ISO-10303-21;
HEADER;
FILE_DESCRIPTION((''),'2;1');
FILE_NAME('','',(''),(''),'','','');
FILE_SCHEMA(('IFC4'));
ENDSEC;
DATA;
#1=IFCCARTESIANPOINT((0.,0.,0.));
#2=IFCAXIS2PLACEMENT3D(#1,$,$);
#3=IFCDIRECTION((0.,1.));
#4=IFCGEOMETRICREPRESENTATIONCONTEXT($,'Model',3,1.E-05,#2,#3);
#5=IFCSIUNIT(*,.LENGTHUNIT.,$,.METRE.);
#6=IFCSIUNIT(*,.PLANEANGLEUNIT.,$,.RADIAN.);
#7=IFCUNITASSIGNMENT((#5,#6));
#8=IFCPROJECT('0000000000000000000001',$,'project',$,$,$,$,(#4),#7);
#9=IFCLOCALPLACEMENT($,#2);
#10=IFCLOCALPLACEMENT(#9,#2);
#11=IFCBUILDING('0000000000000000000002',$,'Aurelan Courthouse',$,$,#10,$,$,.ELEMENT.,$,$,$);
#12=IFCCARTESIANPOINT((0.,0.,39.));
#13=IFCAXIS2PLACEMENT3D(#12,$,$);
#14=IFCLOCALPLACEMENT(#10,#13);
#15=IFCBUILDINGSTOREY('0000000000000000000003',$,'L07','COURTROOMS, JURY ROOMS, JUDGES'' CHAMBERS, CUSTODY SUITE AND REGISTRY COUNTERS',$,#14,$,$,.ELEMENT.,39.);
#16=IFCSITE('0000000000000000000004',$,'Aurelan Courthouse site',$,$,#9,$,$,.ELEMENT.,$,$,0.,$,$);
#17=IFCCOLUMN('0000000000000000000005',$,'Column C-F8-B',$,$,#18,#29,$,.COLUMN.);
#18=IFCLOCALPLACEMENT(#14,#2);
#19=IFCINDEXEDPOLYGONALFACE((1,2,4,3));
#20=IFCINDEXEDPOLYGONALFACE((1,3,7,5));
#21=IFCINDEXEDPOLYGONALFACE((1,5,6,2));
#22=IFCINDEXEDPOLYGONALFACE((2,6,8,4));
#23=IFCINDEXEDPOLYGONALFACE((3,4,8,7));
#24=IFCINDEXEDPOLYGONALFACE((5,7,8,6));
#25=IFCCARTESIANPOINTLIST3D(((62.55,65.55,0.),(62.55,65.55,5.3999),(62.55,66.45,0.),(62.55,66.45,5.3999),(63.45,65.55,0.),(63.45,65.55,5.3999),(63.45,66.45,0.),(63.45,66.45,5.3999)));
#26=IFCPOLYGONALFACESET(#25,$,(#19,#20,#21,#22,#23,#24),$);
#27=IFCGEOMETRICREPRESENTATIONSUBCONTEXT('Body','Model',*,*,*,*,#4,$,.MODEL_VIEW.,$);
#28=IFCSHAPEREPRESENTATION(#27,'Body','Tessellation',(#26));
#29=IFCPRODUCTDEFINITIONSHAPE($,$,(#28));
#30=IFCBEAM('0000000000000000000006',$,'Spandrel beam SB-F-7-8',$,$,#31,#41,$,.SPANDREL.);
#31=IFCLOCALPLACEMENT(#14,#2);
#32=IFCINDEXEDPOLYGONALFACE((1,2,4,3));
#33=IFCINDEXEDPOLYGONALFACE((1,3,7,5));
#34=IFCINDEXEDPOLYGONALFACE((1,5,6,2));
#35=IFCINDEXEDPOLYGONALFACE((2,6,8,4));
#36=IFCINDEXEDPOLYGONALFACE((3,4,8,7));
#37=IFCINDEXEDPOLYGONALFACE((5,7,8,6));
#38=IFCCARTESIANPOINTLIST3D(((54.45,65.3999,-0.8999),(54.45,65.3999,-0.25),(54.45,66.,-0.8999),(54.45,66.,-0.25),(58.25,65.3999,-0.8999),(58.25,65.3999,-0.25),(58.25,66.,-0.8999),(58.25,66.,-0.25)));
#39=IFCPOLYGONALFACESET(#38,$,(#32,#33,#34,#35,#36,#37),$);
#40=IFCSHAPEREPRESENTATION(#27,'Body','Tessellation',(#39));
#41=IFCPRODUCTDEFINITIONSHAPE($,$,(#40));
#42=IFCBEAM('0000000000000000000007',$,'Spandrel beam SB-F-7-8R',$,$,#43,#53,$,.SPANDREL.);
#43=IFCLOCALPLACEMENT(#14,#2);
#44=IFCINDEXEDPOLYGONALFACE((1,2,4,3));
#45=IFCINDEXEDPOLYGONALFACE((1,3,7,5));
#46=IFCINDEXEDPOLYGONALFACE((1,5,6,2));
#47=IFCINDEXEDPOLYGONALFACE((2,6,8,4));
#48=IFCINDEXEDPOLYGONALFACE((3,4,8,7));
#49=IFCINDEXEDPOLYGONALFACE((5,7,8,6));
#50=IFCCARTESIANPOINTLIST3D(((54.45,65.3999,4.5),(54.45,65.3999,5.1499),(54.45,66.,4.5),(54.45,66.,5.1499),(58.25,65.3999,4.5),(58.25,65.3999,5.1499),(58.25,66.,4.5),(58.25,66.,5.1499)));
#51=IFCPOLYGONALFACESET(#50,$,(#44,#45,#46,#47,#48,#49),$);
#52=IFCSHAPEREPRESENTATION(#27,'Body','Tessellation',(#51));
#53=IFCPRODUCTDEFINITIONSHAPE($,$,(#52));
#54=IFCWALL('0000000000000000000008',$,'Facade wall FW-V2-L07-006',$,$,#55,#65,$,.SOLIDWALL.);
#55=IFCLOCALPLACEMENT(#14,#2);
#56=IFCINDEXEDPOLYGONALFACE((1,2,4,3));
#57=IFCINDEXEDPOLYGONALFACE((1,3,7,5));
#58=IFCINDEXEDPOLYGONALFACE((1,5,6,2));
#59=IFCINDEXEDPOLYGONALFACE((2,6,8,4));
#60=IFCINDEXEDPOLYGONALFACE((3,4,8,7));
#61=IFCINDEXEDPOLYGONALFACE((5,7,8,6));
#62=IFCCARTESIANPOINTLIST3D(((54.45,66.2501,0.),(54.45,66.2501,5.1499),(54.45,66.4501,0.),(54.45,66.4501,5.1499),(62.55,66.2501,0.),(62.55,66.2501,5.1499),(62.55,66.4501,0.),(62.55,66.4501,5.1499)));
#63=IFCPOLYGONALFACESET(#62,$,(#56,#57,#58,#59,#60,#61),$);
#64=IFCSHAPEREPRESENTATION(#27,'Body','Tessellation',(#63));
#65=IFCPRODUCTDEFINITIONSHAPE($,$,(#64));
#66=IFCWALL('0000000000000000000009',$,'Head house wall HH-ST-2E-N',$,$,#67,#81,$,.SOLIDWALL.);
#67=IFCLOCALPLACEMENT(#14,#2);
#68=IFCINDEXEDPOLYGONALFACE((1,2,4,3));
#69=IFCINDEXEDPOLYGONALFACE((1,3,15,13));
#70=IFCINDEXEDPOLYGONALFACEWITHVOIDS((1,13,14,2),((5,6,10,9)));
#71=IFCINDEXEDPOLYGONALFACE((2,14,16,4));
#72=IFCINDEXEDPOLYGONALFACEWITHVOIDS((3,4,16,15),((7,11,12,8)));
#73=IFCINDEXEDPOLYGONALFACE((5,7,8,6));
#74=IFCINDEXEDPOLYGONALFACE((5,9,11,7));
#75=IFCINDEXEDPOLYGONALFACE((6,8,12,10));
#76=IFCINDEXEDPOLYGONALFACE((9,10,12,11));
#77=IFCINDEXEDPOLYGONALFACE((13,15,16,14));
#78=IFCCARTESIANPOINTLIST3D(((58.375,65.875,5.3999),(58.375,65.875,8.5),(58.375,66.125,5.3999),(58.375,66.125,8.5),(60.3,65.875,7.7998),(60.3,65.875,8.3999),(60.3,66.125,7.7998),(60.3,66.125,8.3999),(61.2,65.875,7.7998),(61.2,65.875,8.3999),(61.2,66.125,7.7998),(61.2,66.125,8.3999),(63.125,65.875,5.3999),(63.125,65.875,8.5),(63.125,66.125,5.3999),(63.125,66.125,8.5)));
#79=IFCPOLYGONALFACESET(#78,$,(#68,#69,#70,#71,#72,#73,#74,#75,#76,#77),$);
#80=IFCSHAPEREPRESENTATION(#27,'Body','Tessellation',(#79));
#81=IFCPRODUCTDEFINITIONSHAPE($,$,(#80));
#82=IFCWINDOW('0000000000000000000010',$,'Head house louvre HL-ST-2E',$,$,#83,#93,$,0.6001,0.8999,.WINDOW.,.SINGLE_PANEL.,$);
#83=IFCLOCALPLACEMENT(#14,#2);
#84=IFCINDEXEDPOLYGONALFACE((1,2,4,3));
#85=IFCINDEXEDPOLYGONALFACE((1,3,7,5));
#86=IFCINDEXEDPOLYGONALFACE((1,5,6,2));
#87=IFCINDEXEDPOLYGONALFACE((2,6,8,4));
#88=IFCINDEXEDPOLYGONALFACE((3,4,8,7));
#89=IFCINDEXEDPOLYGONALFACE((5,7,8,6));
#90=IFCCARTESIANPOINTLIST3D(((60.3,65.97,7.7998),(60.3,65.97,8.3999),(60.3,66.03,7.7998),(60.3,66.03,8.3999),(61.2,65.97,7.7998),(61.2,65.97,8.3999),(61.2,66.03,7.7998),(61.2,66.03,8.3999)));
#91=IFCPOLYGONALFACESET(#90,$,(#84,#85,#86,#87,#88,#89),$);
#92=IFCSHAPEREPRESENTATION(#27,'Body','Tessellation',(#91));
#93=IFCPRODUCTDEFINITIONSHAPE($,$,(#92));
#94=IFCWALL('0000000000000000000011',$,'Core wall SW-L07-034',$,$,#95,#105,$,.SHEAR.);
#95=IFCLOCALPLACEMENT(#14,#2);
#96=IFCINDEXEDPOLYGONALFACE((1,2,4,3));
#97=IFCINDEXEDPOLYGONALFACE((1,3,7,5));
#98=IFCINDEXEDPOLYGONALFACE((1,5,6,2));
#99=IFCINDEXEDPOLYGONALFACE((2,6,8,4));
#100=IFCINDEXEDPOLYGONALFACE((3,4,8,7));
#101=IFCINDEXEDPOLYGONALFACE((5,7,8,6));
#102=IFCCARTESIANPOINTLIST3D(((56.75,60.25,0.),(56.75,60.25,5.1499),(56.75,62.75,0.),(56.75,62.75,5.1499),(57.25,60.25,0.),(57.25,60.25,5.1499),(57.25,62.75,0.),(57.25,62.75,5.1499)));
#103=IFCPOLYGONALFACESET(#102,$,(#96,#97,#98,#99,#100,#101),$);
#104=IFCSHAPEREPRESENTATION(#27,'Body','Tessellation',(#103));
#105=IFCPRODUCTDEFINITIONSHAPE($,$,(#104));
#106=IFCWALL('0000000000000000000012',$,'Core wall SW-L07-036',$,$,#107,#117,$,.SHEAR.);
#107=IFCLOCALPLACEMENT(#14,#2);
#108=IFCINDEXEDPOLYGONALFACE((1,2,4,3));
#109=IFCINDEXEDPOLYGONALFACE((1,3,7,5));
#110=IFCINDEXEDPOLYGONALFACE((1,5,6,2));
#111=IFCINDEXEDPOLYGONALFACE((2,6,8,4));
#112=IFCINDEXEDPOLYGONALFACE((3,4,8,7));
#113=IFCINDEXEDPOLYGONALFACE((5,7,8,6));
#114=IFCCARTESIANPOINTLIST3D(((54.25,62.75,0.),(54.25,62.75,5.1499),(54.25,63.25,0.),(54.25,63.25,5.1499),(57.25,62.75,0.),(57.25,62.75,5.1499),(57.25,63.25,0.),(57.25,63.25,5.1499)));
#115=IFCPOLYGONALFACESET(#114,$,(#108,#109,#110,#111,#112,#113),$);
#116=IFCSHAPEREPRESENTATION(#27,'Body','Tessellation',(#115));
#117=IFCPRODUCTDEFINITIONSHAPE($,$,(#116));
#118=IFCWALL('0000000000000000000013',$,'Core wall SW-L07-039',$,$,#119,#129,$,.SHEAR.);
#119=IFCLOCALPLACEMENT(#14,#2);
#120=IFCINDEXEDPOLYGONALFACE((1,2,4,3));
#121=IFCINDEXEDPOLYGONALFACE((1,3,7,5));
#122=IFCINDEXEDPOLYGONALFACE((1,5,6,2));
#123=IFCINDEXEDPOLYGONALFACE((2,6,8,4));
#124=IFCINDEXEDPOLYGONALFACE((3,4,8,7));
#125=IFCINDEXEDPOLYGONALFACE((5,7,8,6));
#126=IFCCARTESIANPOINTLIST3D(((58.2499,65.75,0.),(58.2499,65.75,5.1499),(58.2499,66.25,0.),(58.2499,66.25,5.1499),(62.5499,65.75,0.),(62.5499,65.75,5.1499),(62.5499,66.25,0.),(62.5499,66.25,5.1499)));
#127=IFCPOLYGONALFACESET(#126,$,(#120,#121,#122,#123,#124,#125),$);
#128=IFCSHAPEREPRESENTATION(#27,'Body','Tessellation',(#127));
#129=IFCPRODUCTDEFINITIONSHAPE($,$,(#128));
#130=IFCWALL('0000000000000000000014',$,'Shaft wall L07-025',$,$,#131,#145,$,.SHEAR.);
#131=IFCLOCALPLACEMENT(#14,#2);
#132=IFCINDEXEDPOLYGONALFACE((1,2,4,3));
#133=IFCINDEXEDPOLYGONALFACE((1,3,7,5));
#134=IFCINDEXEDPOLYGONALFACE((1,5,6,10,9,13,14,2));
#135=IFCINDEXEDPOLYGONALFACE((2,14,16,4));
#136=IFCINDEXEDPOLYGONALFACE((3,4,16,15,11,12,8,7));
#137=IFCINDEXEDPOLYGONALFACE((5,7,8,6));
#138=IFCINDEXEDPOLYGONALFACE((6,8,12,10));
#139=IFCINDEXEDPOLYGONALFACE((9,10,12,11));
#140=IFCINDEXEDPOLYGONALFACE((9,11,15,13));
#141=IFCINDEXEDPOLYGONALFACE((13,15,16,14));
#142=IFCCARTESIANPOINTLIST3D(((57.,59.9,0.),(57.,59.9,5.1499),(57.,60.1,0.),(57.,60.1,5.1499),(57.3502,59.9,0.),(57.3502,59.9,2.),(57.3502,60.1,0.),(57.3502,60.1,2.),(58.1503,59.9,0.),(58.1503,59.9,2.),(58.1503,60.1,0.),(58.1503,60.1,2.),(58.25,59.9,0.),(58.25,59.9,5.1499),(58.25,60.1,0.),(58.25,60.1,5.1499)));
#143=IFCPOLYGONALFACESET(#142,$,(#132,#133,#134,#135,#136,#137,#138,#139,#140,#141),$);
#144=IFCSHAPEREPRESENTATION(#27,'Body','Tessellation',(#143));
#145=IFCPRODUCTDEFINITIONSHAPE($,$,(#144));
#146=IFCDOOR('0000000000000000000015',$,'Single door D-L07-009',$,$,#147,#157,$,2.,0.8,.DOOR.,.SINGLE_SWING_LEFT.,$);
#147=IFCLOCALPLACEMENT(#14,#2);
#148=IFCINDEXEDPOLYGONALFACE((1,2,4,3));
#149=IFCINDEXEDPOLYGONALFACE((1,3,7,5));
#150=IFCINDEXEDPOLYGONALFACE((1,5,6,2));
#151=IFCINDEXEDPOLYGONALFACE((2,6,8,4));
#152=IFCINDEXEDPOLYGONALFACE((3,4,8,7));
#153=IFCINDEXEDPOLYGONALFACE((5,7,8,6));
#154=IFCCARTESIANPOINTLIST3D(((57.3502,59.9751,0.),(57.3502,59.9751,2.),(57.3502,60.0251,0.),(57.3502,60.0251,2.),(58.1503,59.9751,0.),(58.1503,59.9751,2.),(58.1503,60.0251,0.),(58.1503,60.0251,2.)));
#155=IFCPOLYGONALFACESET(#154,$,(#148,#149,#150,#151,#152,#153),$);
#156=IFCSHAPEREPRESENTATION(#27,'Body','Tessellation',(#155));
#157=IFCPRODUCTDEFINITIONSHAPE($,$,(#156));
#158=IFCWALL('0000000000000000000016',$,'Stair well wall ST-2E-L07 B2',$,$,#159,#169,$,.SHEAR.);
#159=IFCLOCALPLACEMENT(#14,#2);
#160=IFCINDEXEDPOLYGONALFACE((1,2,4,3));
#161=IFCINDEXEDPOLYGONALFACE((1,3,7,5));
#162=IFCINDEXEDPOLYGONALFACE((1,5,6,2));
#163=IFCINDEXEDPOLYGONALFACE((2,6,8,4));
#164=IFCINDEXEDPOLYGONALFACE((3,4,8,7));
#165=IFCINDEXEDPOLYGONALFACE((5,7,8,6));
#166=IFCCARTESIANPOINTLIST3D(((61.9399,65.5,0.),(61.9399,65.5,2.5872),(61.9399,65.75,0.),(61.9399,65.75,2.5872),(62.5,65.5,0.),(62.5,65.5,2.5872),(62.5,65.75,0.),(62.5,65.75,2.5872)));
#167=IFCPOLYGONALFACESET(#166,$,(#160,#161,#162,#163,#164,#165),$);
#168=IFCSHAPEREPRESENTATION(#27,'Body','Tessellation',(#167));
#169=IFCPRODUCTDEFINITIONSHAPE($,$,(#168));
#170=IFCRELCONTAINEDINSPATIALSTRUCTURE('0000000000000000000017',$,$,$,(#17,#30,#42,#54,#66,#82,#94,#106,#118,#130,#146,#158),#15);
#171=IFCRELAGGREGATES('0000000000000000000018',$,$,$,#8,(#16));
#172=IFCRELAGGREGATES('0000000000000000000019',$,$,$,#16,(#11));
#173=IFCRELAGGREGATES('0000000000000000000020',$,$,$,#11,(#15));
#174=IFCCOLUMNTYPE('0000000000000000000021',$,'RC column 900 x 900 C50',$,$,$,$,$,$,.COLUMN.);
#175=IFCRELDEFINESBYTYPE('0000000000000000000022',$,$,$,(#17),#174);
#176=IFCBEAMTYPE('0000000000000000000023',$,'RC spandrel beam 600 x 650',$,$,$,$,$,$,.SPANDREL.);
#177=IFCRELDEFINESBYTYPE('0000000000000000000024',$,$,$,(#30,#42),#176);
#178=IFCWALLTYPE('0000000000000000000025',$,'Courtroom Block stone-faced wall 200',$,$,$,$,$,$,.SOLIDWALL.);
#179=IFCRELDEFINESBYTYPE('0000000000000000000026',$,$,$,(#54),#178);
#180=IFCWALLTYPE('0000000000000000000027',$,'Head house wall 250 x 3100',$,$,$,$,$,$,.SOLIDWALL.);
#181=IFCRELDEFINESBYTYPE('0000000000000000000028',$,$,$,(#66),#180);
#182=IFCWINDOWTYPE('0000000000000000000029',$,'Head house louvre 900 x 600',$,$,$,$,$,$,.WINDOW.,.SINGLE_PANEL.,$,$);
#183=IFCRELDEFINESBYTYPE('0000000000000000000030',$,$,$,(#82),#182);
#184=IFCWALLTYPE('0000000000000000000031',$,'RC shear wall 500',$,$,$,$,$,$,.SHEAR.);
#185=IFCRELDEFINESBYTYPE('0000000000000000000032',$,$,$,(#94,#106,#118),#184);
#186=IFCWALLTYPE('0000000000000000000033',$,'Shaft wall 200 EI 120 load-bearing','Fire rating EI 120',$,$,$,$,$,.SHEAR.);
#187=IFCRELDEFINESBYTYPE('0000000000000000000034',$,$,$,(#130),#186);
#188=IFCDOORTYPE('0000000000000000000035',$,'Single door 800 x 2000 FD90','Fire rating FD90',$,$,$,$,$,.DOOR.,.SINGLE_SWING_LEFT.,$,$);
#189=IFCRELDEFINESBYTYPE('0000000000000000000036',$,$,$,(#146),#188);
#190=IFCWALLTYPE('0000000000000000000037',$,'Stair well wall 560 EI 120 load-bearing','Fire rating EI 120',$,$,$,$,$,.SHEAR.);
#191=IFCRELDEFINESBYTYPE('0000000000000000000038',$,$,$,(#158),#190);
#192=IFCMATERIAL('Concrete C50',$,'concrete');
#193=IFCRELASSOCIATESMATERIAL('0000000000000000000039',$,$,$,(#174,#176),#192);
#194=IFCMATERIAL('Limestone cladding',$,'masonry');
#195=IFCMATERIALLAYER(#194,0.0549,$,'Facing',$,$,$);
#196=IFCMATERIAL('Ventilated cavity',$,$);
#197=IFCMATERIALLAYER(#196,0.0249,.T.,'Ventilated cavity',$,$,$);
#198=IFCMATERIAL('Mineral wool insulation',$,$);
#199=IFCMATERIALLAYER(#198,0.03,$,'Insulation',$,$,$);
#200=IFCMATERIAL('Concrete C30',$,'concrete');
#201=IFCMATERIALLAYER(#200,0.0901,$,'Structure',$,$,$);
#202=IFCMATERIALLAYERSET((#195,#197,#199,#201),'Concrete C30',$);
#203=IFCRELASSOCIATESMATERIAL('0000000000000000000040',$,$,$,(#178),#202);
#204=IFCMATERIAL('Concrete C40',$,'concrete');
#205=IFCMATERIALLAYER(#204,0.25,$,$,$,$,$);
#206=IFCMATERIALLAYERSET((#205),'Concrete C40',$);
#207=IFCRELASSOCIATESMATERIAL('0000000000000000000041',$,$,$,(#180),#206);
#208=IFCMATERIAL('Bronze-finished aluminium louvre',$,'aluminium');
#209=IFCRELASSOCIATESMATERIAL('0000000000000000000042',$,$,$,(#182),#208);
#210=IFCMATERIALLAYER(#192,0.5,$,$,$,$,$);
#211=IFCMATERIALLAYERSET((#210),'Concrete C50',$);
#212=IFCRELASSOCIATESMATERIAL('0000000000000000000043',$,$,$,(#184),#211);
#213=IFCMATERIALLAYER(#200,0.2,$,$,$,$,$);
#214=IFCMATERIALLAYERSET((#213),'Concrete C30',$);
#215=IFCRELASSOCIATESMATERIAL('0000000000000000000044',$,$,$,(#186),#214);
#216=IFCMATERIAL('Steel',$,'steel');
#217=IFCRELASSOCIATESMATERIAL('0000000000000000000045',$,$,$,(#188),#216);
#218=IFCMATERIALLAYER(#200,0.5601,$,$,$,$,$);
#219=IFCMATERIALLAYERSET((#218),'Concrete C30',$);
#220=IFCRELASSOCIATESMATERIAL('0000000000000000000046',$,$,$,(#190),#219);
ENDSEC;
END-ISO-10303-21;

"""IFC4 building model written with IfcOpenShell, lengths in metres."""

from ifc_helpers import new_model, si_unit, direction, frame, frame_2d, origin, origin_2d, place, context, subcontext, project, spatial, rectangle, extrude, material, layer, layer_set, material_profile, profile_set, type_object, element, fill, save


model = new_model("IFC4")

# Units and contexts
model_context = context("Model", 3, precision=1e-05, world=origin(), true_north=direction((0.0, 1.0)))
body_context = subcontext(model_context, "Body", "Model", "MODEL_VIEW")
ifc_project = project(units=[si_unit("LENGTHUNIT", "METRE"), si_unit("PLANEANGLEUNIT", "RADIAN")], contexts=[model_context])

# Site, building, storey
site_placement = place(None, origin())
site = spatial("IfcSite", under=ifc_project, at=site_placement, Name="Aurelan Courthouse site", CompositionType="ELEMENT", RefElevation=0.0)
building_placement = place(site_placement, origin())
building = spatial("IfcBuilding", under=site, at=building_placement, Name="Aurelan Courthouse", CompositionType="ELEMENT")
storey_placement = place(building_placement, frame((0.0, 0.0, 39.0)))
storey = spatial("IfcBuildingStorey", under=building, at=storey_placement, Name="L07", Description="COURTROOMS, JURY ROOMS, JUDGES' CHAMBERS, CUSTODY SUITE AND REGISTRY COUNTERS", CompositionType="ELEMENT", Elevation=39.0)

# Column
ifc_material_1 = material(Name="Concrete C50", Category="concrete")
ifc_material_profile_1 = material_profile(ifc_material_1, rectangle(XDim=0.8999, YDim=0.8999, at=origin_2d()), Name="RC 900 x 900")
ifc_profile_set_1 = profile_set([ifc_material_profile_1], Name="Concrete C50")
column_type = type_object("IfcColumnType", Name="RC column 900 x 900 C50", PredefinedType="COLUMN", material=ifc_profile_set_1)
column_placement = place(storey_placement, frame((63.0, 66.0, 0.0), z_axis=(0.0, 0.0, 1.0), x_axis=(1.0, 0.0, 0.0)))
element("IfcColumn", 1, at=column_placement, inside=storey, type_object=column_type, Name="Column C-F8-B", PredefinedType="COLUMN", context=body_context, shape_type="SweptSolid", body=[
    extrude(rectangle(XDim=0.8999, YDim=0.8999, at=origin_2d()), origin(), (0.0, 0.0, 1.0), 5.3999),
])

# Beams
ifc_material_profile_2 = material_profile(ifc_material_1, rectangle(XDim=0.6001, YDim=0.6499, at=origin_2d()), Name="RC 600 x 650")
ifc_profile_set_2 = profile_set([ifc_material_profile_2], Name="Concrete C50")
beam_type = type_object("IfcBeamType", Name="RC spandrel beam 600 x 650", PredefinedType="SPANDREL", material=ifc_profile_set_2)
for number, where, z_axis, x_axis, name in (
    (2, (54.45, 65.7, -0.575), (1.0, 0.0, 0.0), (0.0, 1.0, 0.0), "Spandrel beam SB-F-7-8"),
    (3, (54.45, 65.7, 4.825), (1.0, 0.0, 0.0), (0.0, 1.0, 0.0), "Spandrel beam SB-F-7-8R"),
):
    element("IfcBeam", number, at=place(storey_placement, frame(where, z_axis=z_axis, x_axis=x_axis)), inside=storey, type_object=beam_type, Name=name, PredefinedType="SPANDREL", context=body_context, shape_type="SweptSolid", body=[
        extrude(rectangle(XDim=0.6001, YDim=0.6499, at=origin_2d()), origin(), (0.0, 0.0, 1.0), 3.8),
    ])

# Wall
ifc_material_2 = material(Name="Limestone cladding", Category="masonry")
ifc_layer_1 = layer(ifc_material_2, 0.0549, Name="Facing")
ifc_material_3 = material(Name="Ventilated cavity")
ifc_layer_2 = layer(ifc_material_3, 0.0249, ventilated=True, Name="Ventilated cavity")
ifc_material_4 = material(Name="Mineral wool insulation")
ifc_layer_3 = layer(ifc_material_4, 0.03, Name="Insulation")
ifc_material_5 = material(Name="Concrete C30", Category="concrete")
ifc_layer_4 = layer(ifc_material_5, 0.0901, Name="Structure")
ifc_layer_set_1 = layer_set([ifc_layer_1, ifc_layer_2, ifc_layer_3, ifc_layer_4], Name="Concrete C30")
wall_type_1 = type_object("IfcWallType", Name="Courtroom Block stone-faced wall 200", PredefinedType="SOLIDWALL", material=ifc_layer_set_1)
wall_1_placement = place(storey_placement, frame((54.45, 66.3501, 0.0), z_axis=(0.0, 0.0, 1.0), x_axis=(1.0, 0.0, 0.0)))
element("IfcWall", 4, at=wall_1_placement, inside=storey, type_object=wall_type_1, Name="Facade wall FW-V2-L07-006", PredefinedType="SOLIDWALL", context=body_context, shape_type="SweptSolid", body=[
    extrude(rectangle(XDim=8.1001, YDim=0.2, at=frame_2d((4.05, 0.0))), origin(), (0.0, 0.0, 1.0), 5.1499),
])

# Wall, opening, window
ifc_material_6 = material(Name="Concrete C40", Category="concrete")
ifc_layer_5 = layer(ifc_material_6, 0.25)
ifc_layer_set_2 = layer_set([ifc_layer_5], Name="Concrete C40")
wall_type_2 = type_object("IfcWallType", Name="Head house wall 250 x 3100", PredefinedType="SOLIDWALL", material=ifc_layer_set_2)
wall_2_placement = place(storey_placement, frame((58.375, 66.0, 5.3999), z_axis=(0.0, 0.0, 1.0), x_axis=(1.0, 0.0, 0.0)))
wall_2 = element("IfcWall", 5, at=wall_2_placement, inside=storey, type_object=wall_type_2, Name="Head house wall HH-ST-2E-N", PredefinedType="SOLIDWALL", context=body_context, shape_type="SweptSolid", body=[
    extrude(rectangle(XDim=4.75, YDim=0.25, at=frame_2d((2.375, 0.0))), origin(), (0.0, 0.0, 1.0), 3.1001),
])
opening_1_placement = place(wall_2_placement, frame((1.925, 0.0, 2.3999)))
opening_1 = element("IfcOpeningElement", 6, at=opening_1_placement, cuts=wall_2, PredefinedType="OPENING", context=body_context, shape_type="SweptSolid", body=[
    extrude(rectangle(XDim=0.8999, YDim=0.6001, at=frame_2d((0.45, 0.3))), frame((0.0, 0.135, 0.0), z_axis=(0.0, -1.0, 0.0), x_axis=(1.0, 0.0, 0.0)), (0.0, 0.0, 1.0), 0.27),
])
ifc_material_7 = material(Name="Bronze-finished aluminium louvre", Category="aluminium")
window_type = type_object("IfcWindowType", Name="Head house louvre 900 x 600", PartitioningType="SINGLE_PANEL", PredefinedType="WINDOW", material=ifc_material_7)
window_placement = place(opening_1_placement, origin())
window = element("IfcWindow", 7, at=window_placement, inside=storey, type_object=window_type, Name="Head house louvre HL-ST-2E", OverallHeight=0.6001, OverallWidth=0.8999, PartitioningType="SINGLE_PANEL", PredefinedType="WINDOW", context=body_context, shape_type="SweptSolid", body=[
    extrude(rectangle(XDim=0.8999, YDim=0.6001, at=frame_2d((0.45, 0.3))), frame((0.0, 0.03, 0.0), z_axis=(0.0, -1.0, 0.0), x_axis=(1.0, 0.0, 0.0)), (0.0, 0.0, 1.0), 0.0601),
])
fill(opening_1, window)

# Walls
ifc_layer_6 = layer(ifc_material_1, 0.5)
ifc_layer_set_3 = layer_set([ifc_layer_6], Name="Concrete C50")
wall_type_3 = type_object("IfcWallType", Name="RC shear wall 500", PredefinedType="SHEAR", material=ifc_layer_set_3)
wall_3_placement = place(storey_placement, frame((57.0, 60.25, 0.0), z_axis=(0.0, 0.0, 1.0), x_axis=(0.0, 1.0, 0.0)))
element("IfcWall", 8, at=wall_3_placement, inside=storey, type_object=wall_type_3, Name="Core wall SW-L07-034", PredefinedType="SHEAR", context=body_context, shape_type="SweptSolid", body=[
    extrude(rectangle(XDim=2.5, YDim=0.5, at=frame_2d((1.25, 0.0))), origin(), (0.0, 0.0, 1.0), 5.1499),
])
wall_4_placement = place(storey_placement, frame((54.25, 63.0, 0.0), z_axis=(0.0, 0.0, 1.0), x_axis=(1.0, 0.0, 0.0)))
element("IfcWall", 9, at=wall_4_placement, inside=storey, type_object=wall_type_3, Name="Core wall SW-L07-036", PredefinedType="SHEAR", context=body_context, shape_type="SweptSolid", body=[
    extrude(rectangle(XDim=3.0, YDim=0.5, at=frame_2d((1.5, 0.0))), origin(), (0.0, 0.0, 1.0), 5.1499),
])
wall_5_placement = place(storey_placement, frame((58.25, 66.0, 0.0), z_axis=(0.0, 0.0, 1.0), x_axis=(1.0, 0.0, 0.0)))
element("IfcWall", 10, at=wall_5_placement, inside=storey, type_object=wall_type_3, Name="Core wall SW-L07-039", PredefinedType="SHEAR", context=body_context, shape_type="SweptSolid", body=[
    extrude(rectangle(XDim=4.3, YDim=0.5, at=frame_2d((2.1499, 0.0))), origin(), (0.0, 0.0, 1.0), 5.1499),
])

# Wall, opening, door
ifc_layer_7 = layer(ifc_material_5, 0.2)
ifc_layer_set_4 = layer_set([ifc_layer_7], Name="Concrete C30")
wall_type_4 = type_object("IfcWallType", Name="Shaft wall 200 EI 120 load-bearing", Description="Fire rating EI 120", PredefinedType="SHEAR", material=ifc_layer_set_4)
wall_6_placement = place(storey_placement, frame((57.0, 60.0, 0.0), z_axis=(0.0, 0.0, 1.0), x_axis=(1.0, 0.0, 0.0)))
wall_6 = element("IfcWall", 11, at=wall_6_placement, inside=storey, type_object=wall_type_4, Name="Shaft wall L07-025", PredefinedType="SHEAR", context=body_context, shape_type="SweptSolid", body=[
    extrude(rectangle(XDim=1.25, YDim=0.2, at=frame_2d((0.625, 0.0))), origin(), (0.0, 0.0, 1.0), 5.1499),
])
opening_2_placement = place(wall_6_placement, frame((1.1501, 0.0, 0.0), z_axis=(0.0, 0.0, 1.0), x_axis=(-1.0, 0.0, 0.0)))
opening_2 = element("IfcOpeningElement", 12, at=opening_2_placement, cuts=wall_6, PredefinedType="OPENING", context=body_context, shape_type="SweptSolid", body=[
    extrude(rectangle(XDim=0.8, YDim=2.0, at=frame_2d((0.3999, 1.0))), frame((0.0, 0.1099, 0.0), z_axis=(0.0, -1.0, 0.0), x_axis=(1.0, 0.0, 0.0)), (0.0, 0.0, 1.0), 0.22),
])
ifc_material_8 = material(Name="Steel", Category="steel")
door_type = type_object("IfcDoorType", Name="Single door 800 x 2000 FD90", Description="Fire rating FD90", OperationType="SINGLE_SWING_LEFT", PredefinedType="DOOR", material=ifc_material_8)
door_placement = place(opening_2_placement, origin())
door = element("IfcDoor", 13, at=door_placement, inside=storey, type_object=door_type, Name="Single door D-L07-009", OperationType="SINGLE_SWING_LEFT", OverallHeight=2.0, OverallWidth=0.8, PredefinedType="DOOR", context=body_context, shape_type="SweptSolid", body=[
    extrude(rectangle(XDim=0.8, YDim=2.0, at=frame_2d((0.3999, 1.0))), frame((0.0, 0.0249, 0.0), z_axis=(0.0, -1.0, 0.0), x_axis=(1.0, 0.0, 0.0)), (0.0, 0.0, 1.0), 0.05),
])
fill(opening_2, door)

# Wall
ifc_layer_8 = layer(ifc_material_5, 0.5601)
ifc_layer_set_5 = layer_set([ifc_layer_8], Name="Concrete C30")
wall_type_5 = type_object("IfcWallType", Name="Stair well wall 560 EI 120 load-bearing", Description="Fire rating EI 120", PredefinedType="SHEAR", material=ifc_layer_set_5)
wall_7_placement = place(storey_placement, frame((62.22, 65.5, 0.0), z_axis=(0.0, 0.0, 1.0), x_axis=(0.0, 1.0, 0.0)))
element("IfcWall", 14, at=wall_7_placement, inside=storey, type_object=wall_type_5, Name="Stair well wall ST-2E-L07 B2", PredefinedType="SHEAR", context=body_context, shape_type="SweptSolid", body=[
    extrude(rectangle(XDim=0.25, YDim=0.5601, at=frame_2d((0.125, 0.0))), origin(), (0.0, 0.0, 1.0), 2.5872),
])

save(model, "model.ifc")
